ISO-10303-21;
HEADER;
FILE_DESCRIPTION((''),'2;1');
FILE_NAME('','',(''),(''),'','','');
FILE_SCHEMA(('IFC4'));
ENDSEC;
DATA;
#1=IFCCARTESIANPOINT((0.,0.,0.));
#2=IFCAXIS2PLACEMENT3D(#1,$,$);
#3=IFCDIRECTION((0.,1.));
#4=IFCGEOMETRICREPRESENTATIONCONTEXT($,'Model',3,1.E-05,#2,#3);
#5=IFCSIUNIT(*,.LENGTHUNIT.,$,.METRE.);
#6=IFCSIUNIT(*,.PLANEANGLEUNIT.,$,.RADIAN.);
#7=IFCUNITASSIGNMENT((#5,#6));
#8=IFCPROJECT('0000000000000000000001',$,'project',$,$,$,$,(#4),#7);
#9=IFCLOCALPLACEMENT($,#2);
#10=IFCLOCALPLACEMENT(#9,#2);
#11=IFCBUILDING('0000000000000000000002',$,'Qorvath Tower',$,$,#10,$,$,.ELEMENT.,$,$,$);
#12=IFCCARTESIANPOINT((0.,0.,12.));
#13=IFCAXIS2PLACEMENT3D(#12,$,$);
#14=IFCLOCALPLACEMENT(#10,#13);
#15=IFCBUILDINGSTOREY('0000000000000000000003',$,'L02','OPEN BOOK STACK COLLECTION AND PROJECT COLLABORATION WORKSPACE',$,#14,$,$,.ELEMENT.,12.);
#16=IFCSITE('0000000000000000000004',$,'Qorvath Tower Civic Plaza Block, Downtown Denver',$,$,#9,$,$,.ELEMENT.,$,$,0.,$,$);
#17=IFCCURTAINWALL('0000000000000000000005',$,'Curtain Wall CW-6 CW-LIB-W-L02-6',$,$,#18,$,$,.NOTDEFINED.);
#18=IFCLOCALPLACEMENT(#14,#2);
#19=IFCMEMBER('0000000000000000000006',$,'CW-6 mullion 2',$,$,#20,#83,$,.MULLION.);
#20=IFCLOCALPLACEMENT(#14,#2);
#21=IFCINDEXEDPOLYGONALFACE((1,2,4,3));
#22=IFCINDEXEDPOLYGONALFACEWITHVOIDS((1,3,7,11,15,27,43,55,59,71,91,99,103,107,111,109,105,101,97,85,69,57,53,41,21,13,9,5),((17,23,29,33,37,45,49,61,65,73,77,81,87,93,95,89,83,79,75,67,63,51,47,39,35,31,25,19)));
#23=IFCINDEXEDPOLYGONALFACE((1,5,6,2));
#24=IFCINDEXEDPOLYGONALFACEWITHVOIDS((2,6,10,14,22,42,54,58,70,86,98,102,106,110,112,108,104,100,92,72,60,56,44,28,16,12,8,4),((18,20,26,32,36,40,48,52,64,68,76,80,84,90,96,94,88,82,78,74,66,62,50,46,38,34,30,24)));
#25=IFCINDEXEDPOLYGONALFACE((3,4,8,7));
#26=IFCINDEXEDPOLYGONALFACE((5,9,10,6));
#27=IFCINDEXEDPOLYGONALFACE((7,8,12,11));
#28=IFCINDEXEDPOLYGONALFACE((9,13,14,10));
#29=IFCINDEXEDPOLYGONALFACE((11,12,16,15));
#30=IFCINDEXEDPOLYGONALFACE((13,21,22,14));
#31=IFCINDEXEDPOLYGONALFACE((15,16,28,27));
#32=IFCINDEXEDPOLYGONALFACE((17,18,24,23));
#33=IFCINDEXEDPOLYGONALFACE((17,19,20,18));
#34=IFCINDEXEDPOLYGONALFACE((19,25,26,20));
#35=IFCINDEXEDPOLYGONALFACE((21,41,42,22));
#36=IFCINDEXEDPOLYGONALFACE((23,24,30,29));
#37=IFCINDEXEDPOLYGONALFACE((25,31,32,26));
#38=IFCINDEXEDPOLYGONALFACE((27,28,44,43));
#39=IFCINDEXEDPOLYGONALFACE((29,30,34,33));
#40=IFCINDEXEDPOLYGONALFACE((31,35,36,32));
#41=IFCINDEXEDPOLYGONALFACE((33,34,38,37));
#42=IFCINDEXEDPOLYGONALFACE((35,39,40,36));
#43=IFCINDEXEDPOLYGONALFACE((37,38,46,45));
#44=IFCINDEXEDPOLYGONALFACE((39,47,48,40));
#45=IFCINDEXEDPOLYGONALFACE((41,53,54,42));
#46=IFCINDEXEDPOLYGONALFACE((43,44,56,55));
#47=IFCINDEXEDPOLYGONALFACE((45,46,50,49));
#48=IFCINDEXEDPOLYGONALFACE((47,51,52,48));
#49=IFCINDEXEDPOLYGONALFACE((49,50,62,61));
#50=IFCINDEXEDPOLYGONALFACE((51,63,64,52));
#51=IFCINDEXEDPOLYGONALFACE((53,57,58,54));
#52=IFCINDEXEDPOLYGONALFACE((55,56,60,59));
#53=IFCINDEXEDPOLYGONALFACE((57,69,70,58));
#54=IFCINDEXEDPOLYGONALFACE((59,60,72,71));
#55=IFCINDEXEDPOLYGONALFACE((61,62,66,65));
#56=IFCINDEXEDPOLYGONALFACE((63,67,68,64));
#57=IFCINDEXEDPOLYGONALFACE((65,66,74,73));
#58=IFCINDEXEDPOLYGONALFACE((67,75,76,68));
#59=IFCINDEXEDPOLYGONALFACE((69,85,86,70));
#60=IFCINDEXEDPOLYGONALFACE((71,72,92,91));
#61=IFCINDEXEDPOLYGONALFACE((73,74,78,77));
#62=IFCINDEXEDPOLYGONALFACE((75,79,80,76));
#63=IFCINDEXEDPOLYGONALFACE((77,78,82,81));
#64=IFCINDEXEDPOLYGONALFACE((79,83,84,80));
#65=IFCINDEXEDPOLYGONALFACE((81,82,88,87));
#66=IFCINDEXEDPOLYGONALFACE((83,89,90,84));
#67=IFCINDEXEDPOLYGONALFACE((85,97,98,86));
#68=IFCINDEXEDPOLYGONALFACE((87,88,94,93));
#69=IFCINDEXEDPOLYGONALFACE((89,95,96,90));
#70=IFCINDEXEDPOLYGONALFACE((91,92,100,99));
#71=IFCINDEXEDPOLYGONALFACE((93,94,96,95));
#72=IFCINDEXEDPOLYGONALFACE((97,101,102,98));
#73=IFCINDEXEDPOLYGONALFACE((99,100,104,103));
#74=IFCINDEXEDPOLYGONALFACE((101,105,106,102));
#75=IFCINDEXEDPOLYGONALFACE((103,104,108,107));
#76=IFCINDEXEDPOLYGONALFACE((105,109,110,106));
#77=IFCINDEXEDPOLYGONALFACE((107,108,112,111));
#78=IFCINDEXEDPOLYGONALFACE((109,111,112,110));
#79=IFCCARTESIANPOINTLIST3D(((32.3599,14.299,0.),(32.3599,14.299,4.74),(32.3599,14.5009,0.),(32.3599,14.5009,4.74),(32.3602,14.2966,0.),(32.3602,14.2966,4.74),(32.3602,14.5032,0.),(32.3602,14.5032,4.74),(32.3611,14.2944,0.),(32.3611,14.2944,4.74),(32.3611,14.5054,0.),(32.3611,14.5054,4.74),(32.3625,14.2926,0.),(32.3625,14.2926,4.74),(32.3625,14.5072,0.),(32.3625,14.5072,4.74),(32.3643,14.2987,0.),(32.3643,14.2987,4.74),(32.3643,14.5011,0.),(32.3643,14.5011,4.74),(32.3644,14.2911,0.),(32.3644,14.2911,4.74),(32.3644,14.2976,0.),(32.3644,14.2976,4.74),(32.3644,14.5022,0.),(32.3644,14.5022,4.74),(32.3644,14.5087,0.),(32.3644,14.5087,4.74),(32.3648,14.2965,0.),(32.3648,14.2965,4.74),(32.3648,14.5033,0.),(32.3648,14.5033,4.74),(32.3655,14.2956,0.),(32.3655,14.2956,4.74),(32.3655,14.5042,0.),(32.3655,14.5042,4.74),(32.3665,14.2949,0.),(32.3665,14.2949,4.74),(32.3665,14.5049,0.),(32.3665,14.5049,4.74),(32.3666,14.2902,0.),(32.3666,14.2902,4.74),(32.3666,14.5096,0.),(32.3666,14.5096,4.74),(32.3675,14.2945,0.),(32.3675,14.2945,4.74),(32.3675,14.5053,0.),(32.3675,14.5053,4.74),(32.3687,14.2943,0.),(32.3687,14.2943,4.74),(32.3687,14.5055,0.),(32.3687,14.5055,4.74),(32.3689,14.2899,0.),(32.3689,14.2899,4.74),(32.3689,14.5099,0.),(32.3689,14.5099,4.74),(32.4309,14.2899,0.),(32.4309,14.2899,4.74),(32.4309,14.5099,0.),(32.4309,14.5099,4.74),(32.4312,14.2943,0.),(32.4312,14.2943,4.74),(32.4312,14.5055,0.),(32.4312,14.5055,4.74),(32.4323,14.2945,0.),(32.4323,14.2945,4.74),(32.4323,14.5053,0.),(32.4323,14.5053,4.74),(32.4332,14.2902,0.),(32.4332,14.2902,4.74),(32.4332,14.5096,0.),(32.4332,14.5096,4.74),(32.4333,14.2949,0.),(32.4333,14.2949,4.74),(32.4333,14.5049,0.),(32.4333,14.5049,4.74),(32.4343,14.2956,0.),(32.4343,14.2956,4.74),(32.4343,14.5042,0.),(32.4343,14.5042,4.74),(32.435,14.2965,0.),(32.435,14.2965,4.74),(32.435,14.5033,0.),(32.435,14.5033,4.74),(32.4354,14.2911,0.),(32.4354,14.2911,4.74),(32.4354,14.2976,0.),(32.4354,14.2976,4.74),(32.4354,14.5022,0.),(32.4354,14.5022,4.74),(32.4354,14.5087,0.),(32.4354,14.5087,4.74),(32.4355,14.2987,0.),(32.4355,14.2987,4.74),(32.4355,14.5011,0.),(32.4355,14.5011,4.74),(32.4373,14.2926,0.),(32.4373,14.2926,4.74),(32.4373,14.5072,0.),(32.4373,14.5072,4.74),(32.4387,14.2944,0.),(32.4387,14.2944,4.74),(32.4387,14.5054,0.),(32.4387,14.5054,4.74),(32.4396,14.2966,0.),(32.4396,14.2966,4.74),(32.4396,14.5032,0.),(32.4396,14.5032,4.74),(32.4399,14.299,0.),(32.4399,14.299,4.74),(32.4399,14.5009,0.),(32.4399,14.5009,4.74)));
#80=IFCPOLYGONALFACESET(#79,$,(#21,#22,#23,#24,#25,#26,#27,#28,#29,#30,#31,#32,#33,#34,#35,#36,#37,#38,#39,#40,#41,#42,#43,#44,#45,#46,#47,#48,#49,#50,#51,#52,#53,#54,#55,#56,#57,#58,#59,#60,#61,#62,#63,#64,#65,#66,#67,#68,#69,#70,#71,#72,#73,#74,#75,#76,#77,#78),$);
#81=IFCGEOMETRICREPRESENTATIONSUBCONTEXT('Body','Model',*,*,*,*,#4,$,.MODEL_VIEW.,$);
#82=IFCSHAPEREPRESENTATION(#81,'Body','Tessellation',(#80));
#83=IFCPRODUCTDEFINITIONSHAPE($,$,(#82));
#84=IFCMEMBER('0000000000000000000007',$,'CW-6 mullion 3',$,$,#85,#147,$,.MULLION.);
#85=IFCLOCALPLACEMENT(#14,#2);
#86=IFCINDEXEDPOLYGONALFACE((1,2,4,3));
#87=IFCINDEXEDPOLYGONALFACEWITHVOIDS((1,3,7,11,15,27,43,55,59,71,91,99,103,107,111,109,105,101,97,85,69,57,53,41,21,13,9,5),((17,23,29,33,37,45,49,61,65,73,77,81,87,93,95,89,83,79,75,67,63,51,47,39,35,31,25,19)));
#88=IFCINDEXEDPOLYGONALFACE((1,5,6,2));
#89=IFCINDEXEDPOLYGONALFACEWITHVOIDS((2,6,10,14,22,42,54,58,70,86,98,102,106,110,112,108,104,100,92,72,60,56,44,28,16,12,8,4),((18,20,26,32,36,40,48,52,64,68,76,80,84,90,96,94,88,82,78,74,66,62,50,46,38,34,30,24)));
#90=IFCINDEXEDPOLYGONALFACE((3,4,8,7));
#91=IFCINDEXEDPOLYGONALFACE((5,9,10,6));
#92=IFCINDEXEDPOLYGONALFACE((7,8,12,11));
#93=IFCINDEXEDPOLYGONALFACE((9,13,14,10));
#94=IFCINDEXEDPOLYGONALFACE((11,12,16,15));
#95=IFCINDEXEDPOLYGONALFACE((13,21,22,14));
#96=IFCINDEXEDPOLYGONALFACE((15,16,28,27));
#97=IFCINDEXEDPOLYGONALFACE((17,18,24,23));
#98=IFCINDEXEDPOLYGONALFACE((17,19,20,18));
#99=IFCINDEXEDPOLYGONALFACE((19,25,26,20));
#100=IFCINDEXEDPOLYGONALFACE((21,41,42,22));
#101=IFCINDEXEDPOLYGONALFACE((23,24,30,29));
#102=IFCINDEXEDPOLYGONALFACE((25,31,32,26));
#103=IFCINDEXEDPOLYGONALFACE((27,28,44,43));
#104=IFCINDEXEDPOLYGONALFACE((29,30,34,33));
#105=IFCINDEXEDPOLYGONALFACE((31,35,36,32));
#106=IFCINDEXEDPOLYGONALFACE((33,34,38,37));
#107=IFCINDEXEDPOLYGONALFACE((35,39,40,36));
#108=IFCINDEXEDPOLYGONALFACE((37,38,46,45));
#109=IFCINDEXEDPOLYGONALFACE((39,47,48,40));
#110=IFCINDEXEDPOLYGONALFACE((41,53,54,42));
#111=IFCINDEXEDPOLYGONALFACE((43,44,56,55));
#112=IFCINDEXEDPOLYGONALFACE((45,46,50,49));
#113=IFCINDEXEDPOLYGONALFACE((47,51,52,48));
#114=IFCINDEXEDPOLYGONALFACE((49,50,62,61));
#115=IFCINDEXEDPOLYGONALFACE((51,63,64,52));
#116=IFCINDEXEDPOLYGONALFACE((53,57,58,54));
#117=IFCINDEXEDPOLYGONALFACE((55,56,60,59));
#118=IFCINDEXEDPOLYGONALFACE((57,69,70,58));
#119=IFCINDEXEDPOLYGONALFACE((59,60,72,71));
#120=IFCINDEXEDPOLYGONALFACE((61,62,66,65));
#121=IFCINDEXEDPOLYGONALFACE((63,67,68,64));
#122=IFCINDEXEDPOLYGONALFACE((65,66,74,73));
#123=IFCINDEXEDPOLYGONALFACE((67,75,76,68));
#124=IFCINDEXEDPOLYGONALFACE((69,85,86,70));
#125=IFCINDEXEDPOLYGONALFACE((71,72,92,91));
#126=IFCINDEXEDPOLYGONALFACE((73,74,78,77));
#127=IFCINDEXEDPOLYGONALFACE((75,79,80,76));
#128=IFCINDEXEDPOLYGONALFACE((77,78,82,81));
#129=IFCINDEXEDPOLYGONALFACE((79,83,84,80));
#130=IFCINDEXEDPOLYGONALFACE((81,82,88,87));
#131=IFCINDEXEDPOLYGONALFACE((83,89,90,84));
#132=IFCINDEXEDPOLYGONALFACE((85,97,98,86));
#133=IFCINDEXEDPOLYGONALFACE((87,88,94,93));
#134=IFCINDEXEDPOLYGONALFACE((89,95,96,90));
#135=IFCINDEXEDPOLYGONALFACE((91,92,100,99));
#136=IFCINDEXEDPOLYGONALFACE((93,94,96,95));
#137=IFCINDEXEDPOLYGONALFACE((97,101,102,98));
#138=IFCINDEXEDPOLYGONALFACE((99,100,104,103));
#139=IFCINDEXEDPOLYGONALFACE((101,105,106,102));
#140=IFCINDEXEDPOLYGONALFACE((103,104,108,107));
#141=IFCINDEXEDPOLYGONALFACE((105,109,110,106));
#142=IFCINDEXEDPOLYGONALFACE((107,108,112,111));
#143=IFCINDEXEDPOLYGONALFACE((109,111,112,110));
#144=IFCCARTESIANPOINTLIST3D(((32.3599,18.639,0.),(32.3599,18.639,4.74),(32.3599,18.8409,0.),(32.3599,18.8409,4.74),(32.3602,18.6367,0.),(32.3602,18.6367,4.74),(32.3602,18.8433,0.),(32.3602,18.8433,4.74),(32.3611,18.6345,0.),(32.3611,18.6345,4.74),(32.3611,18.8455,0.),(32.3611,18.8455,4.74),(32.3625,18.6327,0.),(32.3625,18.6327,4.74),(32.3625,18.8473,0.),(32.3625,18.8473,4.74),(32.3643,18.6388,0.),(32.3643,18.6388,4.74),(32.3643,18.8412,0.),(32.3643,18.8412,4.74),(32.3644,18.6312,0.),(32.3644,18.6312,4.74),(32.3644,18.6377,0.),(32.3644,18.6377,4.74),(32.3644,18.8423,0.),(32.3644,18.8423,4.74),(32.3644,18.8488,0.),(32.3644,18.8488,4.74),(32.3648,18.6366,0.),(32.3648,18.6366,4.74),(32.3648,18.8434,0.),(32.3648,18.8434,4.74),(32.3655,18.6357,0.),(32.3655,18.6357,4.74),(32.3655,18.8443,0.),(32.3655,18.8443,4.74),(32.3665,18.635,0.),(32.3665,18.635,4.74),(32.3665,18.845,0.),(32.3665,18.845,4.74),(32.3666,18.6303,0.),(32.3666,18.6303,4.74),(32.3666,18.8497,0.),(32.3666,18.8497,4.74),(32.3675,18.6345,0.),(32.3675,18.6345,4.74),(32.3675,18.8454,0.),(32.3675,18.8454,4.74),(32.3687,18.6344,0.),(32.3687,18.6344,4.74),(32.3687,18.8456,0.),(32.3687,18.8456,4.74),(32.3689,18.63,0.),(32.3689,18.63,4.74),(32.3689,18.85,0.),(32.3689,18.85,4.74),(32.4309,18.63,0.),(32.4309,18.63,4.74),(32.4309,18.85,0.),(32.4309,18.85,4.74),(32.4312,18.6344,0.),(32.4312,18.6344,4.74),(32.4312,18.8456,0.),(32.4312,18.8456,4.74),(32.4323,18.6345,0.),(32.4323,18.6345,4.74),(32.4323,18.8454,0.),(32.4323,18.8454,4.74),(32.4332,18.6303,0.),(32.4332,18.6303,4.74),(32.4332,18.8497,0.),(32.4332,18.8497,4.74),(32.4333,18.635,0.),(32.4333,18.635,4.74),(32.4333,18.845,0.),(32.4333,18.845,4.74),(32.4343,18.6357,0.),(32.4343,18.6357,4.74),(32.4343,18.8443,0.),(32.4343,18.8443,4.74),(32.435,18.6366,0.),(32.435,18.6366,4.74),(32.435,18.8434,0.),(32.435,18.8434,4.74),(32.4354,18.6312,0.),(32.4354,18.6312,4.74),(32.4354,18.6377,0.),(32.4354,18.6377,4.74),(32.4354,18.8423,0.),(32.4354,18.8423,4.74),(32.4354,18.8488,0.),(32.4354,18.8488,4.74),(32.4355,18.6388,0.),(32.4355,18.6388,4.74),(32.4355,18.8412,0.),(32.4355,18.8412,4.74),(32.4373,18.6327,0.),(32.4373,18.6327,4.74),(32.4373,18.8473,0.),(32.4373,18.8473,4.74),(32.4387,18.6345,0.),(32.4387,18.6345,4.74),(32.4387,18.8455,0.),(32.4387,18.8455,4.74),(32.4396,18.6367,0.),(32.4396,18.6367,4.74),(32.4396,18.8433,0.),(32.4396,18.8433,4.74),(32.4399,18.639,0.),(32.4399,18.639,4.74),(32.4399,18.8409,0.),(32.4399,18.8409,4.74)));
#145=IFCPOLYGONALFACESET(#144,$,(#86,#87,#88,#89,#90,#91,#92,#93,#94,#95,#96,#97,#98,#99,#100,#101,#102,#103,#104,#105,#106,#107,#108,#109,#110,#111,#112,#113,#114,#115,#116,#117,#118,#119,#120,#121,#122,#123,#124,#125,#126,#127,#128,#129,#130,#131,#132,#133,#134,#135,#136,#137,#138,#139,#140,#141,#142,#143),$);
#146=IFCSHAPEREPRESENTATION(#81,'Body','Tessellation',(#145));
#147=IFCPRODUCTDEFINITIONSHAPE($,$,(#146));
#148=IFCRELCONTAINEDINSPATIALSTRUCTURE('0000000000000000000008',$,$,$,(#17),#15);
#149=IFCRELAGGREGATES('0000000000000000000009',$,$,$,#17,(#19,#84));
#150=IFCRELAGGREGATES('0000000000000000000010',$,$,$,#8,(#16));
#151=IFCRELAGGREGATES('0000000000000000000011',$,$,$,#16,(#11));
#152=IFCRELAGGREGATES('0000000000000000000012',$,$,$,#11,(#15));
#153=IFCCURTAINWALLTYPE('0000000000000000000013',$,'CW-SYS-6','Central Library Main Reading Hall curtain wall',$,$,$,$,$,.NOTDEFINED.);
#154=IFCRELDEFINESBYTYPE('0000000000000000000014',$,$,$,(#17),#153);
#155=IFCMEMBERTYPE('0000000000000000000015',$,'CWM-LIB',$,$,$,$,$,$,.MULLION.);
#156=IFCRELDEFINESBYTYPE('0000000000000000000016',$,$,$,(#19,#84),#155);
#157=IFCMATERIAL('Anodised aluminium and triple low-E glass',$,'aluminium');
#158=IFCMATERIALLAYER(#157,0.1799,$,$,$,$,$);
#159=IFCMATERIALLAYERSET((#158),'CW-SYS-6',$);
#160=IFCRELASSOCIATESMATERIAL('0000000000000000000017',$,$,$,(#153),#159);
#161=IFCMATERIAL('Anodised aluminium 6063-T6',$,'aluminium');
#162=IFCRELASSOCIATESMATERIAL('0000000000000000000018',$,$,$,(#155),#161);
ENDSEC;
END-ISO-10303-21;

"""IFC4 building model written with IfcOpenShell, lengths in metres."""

from ifc_helpers import new_model, si_unit, direction, frame, origin, origin_2d, place, context, subcontext, project, spatial, hollow_rectangle, extrude, material, layer, layer_set, material_profile, profile_set, type_object, element, aggregate, save


model = new_model("IFC4")

# Units and contexts
model_context = context("Model", 3, precision=1e-05, world=origin(), true_north=direction((0.0, 1.0)))
body_context = subcontext(model_context, "Body", "Model", "MODEL_VIEW")
ifc_project = project(units=[si_unit("LENGTHUNIT", "METRE"), si_unit("PLANEANGLEUNIT", "RADIAN")], contexts=[model_context])

# Site, building, storey
site_placement = place(None, origin())
site = spatial("IfcSite", under=ifc_project, at=site_placement, Name="Qorvath Tower Civic Plaza Block, Downtown Denver", CompositionType="ELEMENT", RefElevation=0.0)
building_placement = place(site_placement, origin())
building = spatial("IfcBuilding", under=site, at=building_placement, Name="Qorvath Tower", CompositionType="ELEMENT")
storey_placement = place(building_placement, frame((0.0, 0.0, 12.0)))
storey = spatial("IfcBuildingStorey", under=building, at=storey_placement, Name="L02", Description="OPEN BOOK STACK COLLECTION AND PROJECT COLLABORATION WORKSPACE", CompositionType="ELEMENT", Elevation=12.0)

# Curtain wall, members
ifc_material_1 = material(Name="Anodised aluminium and triple low-E glass", Category="aluminium")
ifc_layer_1 = layer(ifc_material_1, 0.1799)
ifc_layer_set_1 = layer_set([ifc_layer_1], Name="CW-SYS-6")
curtain_wall_type = type_object("IfcCurtainWallType", Name="CW-SYS-6", Description="Central Library Main Reading Hall curtain wall", PredefinedType="NOTDEFINED", material=ifc_layer_set_1)
curtain_wall_placement = place(storey_placement, origin())
curtain_wall = element("IfcCurtainWall", 1, at=curtain_wall_placement, inside=storey, type_object=curtain_wall_type, Name="Curtain Wall CW-6 CW-LIB-W-L02-6", PredefinedType="NOTDEFINED")
ifc_material_2 = material(Name="Anodised aluminium 6063-T6", Category="aluminium")
ifc_material_profile_1 = material_profile(ifc_material_2, hollow_rectangle(XDim=0.0801, YDim=0.22, WallThickness=0.0044, InnerFilletRadius=0.0044, OuterFilletRadius=0.009, at=origin_2d()), Name="CWM LIB 220x80")
ifc_profile_set_1 = profile_set([ifc_material_profile_1], Name="Anodised aluminium 6063-T6")
member_type_1 = type_object("IfcMemberType", Name="CWM-LIB", PredefinedType="MULLION", material=ifc_profile_set_1)
member_1_placement = place(storey_placement, frame((32.3999, 14.3999, 0.0), z_axis=(0.0, 0.0, 1.0), x_axis=(-1.0, 0.0, 0.0)))
member_1 = element("IfcMember", 2, at=member_1_placement, type_object=member_type_1, Name="CW-6 mullion 2", PredefinedType="MULLION", context=body_context, shape_type="SweptSolid", body=[
    extrude(hollow_rectangle(XDim=0.0801, YDim=0.22, WallThickness=0.0044, InnerFilletRadius=0.0044, OuterFilletRadius=0.009, at=origin_2d()), origin(), (0.0, 0.0, 1.0), 4.74),
])
member_2_placement = place(storey_placement, frame((32.3999, 18.74, 0.0), z_axis=(0.0, 0.0, 1.0), x_axis=(-1.0, 0.0, 0.0)))
member_2 = element("IfcMember", 3, at=member_2_placement, type_object=member_type_1, Name="CW-6 mullion 3", PredefinedType="MULLION", context=body_context, shape_type="SweptSolid", body=[
    extrude(hollow_rectangle(XDim=0.0801, YDim=0.22, WallThickness=0.0044, InnerFilletRadius=0.0044, OuterFilletRadius=0.009, at=origin_2d()), origin(), (0.0, 0.0, 1.0), 4.74),
])
aggregate(curtain_wall, [member_1, member_2])

save(model, "model.ifc")
